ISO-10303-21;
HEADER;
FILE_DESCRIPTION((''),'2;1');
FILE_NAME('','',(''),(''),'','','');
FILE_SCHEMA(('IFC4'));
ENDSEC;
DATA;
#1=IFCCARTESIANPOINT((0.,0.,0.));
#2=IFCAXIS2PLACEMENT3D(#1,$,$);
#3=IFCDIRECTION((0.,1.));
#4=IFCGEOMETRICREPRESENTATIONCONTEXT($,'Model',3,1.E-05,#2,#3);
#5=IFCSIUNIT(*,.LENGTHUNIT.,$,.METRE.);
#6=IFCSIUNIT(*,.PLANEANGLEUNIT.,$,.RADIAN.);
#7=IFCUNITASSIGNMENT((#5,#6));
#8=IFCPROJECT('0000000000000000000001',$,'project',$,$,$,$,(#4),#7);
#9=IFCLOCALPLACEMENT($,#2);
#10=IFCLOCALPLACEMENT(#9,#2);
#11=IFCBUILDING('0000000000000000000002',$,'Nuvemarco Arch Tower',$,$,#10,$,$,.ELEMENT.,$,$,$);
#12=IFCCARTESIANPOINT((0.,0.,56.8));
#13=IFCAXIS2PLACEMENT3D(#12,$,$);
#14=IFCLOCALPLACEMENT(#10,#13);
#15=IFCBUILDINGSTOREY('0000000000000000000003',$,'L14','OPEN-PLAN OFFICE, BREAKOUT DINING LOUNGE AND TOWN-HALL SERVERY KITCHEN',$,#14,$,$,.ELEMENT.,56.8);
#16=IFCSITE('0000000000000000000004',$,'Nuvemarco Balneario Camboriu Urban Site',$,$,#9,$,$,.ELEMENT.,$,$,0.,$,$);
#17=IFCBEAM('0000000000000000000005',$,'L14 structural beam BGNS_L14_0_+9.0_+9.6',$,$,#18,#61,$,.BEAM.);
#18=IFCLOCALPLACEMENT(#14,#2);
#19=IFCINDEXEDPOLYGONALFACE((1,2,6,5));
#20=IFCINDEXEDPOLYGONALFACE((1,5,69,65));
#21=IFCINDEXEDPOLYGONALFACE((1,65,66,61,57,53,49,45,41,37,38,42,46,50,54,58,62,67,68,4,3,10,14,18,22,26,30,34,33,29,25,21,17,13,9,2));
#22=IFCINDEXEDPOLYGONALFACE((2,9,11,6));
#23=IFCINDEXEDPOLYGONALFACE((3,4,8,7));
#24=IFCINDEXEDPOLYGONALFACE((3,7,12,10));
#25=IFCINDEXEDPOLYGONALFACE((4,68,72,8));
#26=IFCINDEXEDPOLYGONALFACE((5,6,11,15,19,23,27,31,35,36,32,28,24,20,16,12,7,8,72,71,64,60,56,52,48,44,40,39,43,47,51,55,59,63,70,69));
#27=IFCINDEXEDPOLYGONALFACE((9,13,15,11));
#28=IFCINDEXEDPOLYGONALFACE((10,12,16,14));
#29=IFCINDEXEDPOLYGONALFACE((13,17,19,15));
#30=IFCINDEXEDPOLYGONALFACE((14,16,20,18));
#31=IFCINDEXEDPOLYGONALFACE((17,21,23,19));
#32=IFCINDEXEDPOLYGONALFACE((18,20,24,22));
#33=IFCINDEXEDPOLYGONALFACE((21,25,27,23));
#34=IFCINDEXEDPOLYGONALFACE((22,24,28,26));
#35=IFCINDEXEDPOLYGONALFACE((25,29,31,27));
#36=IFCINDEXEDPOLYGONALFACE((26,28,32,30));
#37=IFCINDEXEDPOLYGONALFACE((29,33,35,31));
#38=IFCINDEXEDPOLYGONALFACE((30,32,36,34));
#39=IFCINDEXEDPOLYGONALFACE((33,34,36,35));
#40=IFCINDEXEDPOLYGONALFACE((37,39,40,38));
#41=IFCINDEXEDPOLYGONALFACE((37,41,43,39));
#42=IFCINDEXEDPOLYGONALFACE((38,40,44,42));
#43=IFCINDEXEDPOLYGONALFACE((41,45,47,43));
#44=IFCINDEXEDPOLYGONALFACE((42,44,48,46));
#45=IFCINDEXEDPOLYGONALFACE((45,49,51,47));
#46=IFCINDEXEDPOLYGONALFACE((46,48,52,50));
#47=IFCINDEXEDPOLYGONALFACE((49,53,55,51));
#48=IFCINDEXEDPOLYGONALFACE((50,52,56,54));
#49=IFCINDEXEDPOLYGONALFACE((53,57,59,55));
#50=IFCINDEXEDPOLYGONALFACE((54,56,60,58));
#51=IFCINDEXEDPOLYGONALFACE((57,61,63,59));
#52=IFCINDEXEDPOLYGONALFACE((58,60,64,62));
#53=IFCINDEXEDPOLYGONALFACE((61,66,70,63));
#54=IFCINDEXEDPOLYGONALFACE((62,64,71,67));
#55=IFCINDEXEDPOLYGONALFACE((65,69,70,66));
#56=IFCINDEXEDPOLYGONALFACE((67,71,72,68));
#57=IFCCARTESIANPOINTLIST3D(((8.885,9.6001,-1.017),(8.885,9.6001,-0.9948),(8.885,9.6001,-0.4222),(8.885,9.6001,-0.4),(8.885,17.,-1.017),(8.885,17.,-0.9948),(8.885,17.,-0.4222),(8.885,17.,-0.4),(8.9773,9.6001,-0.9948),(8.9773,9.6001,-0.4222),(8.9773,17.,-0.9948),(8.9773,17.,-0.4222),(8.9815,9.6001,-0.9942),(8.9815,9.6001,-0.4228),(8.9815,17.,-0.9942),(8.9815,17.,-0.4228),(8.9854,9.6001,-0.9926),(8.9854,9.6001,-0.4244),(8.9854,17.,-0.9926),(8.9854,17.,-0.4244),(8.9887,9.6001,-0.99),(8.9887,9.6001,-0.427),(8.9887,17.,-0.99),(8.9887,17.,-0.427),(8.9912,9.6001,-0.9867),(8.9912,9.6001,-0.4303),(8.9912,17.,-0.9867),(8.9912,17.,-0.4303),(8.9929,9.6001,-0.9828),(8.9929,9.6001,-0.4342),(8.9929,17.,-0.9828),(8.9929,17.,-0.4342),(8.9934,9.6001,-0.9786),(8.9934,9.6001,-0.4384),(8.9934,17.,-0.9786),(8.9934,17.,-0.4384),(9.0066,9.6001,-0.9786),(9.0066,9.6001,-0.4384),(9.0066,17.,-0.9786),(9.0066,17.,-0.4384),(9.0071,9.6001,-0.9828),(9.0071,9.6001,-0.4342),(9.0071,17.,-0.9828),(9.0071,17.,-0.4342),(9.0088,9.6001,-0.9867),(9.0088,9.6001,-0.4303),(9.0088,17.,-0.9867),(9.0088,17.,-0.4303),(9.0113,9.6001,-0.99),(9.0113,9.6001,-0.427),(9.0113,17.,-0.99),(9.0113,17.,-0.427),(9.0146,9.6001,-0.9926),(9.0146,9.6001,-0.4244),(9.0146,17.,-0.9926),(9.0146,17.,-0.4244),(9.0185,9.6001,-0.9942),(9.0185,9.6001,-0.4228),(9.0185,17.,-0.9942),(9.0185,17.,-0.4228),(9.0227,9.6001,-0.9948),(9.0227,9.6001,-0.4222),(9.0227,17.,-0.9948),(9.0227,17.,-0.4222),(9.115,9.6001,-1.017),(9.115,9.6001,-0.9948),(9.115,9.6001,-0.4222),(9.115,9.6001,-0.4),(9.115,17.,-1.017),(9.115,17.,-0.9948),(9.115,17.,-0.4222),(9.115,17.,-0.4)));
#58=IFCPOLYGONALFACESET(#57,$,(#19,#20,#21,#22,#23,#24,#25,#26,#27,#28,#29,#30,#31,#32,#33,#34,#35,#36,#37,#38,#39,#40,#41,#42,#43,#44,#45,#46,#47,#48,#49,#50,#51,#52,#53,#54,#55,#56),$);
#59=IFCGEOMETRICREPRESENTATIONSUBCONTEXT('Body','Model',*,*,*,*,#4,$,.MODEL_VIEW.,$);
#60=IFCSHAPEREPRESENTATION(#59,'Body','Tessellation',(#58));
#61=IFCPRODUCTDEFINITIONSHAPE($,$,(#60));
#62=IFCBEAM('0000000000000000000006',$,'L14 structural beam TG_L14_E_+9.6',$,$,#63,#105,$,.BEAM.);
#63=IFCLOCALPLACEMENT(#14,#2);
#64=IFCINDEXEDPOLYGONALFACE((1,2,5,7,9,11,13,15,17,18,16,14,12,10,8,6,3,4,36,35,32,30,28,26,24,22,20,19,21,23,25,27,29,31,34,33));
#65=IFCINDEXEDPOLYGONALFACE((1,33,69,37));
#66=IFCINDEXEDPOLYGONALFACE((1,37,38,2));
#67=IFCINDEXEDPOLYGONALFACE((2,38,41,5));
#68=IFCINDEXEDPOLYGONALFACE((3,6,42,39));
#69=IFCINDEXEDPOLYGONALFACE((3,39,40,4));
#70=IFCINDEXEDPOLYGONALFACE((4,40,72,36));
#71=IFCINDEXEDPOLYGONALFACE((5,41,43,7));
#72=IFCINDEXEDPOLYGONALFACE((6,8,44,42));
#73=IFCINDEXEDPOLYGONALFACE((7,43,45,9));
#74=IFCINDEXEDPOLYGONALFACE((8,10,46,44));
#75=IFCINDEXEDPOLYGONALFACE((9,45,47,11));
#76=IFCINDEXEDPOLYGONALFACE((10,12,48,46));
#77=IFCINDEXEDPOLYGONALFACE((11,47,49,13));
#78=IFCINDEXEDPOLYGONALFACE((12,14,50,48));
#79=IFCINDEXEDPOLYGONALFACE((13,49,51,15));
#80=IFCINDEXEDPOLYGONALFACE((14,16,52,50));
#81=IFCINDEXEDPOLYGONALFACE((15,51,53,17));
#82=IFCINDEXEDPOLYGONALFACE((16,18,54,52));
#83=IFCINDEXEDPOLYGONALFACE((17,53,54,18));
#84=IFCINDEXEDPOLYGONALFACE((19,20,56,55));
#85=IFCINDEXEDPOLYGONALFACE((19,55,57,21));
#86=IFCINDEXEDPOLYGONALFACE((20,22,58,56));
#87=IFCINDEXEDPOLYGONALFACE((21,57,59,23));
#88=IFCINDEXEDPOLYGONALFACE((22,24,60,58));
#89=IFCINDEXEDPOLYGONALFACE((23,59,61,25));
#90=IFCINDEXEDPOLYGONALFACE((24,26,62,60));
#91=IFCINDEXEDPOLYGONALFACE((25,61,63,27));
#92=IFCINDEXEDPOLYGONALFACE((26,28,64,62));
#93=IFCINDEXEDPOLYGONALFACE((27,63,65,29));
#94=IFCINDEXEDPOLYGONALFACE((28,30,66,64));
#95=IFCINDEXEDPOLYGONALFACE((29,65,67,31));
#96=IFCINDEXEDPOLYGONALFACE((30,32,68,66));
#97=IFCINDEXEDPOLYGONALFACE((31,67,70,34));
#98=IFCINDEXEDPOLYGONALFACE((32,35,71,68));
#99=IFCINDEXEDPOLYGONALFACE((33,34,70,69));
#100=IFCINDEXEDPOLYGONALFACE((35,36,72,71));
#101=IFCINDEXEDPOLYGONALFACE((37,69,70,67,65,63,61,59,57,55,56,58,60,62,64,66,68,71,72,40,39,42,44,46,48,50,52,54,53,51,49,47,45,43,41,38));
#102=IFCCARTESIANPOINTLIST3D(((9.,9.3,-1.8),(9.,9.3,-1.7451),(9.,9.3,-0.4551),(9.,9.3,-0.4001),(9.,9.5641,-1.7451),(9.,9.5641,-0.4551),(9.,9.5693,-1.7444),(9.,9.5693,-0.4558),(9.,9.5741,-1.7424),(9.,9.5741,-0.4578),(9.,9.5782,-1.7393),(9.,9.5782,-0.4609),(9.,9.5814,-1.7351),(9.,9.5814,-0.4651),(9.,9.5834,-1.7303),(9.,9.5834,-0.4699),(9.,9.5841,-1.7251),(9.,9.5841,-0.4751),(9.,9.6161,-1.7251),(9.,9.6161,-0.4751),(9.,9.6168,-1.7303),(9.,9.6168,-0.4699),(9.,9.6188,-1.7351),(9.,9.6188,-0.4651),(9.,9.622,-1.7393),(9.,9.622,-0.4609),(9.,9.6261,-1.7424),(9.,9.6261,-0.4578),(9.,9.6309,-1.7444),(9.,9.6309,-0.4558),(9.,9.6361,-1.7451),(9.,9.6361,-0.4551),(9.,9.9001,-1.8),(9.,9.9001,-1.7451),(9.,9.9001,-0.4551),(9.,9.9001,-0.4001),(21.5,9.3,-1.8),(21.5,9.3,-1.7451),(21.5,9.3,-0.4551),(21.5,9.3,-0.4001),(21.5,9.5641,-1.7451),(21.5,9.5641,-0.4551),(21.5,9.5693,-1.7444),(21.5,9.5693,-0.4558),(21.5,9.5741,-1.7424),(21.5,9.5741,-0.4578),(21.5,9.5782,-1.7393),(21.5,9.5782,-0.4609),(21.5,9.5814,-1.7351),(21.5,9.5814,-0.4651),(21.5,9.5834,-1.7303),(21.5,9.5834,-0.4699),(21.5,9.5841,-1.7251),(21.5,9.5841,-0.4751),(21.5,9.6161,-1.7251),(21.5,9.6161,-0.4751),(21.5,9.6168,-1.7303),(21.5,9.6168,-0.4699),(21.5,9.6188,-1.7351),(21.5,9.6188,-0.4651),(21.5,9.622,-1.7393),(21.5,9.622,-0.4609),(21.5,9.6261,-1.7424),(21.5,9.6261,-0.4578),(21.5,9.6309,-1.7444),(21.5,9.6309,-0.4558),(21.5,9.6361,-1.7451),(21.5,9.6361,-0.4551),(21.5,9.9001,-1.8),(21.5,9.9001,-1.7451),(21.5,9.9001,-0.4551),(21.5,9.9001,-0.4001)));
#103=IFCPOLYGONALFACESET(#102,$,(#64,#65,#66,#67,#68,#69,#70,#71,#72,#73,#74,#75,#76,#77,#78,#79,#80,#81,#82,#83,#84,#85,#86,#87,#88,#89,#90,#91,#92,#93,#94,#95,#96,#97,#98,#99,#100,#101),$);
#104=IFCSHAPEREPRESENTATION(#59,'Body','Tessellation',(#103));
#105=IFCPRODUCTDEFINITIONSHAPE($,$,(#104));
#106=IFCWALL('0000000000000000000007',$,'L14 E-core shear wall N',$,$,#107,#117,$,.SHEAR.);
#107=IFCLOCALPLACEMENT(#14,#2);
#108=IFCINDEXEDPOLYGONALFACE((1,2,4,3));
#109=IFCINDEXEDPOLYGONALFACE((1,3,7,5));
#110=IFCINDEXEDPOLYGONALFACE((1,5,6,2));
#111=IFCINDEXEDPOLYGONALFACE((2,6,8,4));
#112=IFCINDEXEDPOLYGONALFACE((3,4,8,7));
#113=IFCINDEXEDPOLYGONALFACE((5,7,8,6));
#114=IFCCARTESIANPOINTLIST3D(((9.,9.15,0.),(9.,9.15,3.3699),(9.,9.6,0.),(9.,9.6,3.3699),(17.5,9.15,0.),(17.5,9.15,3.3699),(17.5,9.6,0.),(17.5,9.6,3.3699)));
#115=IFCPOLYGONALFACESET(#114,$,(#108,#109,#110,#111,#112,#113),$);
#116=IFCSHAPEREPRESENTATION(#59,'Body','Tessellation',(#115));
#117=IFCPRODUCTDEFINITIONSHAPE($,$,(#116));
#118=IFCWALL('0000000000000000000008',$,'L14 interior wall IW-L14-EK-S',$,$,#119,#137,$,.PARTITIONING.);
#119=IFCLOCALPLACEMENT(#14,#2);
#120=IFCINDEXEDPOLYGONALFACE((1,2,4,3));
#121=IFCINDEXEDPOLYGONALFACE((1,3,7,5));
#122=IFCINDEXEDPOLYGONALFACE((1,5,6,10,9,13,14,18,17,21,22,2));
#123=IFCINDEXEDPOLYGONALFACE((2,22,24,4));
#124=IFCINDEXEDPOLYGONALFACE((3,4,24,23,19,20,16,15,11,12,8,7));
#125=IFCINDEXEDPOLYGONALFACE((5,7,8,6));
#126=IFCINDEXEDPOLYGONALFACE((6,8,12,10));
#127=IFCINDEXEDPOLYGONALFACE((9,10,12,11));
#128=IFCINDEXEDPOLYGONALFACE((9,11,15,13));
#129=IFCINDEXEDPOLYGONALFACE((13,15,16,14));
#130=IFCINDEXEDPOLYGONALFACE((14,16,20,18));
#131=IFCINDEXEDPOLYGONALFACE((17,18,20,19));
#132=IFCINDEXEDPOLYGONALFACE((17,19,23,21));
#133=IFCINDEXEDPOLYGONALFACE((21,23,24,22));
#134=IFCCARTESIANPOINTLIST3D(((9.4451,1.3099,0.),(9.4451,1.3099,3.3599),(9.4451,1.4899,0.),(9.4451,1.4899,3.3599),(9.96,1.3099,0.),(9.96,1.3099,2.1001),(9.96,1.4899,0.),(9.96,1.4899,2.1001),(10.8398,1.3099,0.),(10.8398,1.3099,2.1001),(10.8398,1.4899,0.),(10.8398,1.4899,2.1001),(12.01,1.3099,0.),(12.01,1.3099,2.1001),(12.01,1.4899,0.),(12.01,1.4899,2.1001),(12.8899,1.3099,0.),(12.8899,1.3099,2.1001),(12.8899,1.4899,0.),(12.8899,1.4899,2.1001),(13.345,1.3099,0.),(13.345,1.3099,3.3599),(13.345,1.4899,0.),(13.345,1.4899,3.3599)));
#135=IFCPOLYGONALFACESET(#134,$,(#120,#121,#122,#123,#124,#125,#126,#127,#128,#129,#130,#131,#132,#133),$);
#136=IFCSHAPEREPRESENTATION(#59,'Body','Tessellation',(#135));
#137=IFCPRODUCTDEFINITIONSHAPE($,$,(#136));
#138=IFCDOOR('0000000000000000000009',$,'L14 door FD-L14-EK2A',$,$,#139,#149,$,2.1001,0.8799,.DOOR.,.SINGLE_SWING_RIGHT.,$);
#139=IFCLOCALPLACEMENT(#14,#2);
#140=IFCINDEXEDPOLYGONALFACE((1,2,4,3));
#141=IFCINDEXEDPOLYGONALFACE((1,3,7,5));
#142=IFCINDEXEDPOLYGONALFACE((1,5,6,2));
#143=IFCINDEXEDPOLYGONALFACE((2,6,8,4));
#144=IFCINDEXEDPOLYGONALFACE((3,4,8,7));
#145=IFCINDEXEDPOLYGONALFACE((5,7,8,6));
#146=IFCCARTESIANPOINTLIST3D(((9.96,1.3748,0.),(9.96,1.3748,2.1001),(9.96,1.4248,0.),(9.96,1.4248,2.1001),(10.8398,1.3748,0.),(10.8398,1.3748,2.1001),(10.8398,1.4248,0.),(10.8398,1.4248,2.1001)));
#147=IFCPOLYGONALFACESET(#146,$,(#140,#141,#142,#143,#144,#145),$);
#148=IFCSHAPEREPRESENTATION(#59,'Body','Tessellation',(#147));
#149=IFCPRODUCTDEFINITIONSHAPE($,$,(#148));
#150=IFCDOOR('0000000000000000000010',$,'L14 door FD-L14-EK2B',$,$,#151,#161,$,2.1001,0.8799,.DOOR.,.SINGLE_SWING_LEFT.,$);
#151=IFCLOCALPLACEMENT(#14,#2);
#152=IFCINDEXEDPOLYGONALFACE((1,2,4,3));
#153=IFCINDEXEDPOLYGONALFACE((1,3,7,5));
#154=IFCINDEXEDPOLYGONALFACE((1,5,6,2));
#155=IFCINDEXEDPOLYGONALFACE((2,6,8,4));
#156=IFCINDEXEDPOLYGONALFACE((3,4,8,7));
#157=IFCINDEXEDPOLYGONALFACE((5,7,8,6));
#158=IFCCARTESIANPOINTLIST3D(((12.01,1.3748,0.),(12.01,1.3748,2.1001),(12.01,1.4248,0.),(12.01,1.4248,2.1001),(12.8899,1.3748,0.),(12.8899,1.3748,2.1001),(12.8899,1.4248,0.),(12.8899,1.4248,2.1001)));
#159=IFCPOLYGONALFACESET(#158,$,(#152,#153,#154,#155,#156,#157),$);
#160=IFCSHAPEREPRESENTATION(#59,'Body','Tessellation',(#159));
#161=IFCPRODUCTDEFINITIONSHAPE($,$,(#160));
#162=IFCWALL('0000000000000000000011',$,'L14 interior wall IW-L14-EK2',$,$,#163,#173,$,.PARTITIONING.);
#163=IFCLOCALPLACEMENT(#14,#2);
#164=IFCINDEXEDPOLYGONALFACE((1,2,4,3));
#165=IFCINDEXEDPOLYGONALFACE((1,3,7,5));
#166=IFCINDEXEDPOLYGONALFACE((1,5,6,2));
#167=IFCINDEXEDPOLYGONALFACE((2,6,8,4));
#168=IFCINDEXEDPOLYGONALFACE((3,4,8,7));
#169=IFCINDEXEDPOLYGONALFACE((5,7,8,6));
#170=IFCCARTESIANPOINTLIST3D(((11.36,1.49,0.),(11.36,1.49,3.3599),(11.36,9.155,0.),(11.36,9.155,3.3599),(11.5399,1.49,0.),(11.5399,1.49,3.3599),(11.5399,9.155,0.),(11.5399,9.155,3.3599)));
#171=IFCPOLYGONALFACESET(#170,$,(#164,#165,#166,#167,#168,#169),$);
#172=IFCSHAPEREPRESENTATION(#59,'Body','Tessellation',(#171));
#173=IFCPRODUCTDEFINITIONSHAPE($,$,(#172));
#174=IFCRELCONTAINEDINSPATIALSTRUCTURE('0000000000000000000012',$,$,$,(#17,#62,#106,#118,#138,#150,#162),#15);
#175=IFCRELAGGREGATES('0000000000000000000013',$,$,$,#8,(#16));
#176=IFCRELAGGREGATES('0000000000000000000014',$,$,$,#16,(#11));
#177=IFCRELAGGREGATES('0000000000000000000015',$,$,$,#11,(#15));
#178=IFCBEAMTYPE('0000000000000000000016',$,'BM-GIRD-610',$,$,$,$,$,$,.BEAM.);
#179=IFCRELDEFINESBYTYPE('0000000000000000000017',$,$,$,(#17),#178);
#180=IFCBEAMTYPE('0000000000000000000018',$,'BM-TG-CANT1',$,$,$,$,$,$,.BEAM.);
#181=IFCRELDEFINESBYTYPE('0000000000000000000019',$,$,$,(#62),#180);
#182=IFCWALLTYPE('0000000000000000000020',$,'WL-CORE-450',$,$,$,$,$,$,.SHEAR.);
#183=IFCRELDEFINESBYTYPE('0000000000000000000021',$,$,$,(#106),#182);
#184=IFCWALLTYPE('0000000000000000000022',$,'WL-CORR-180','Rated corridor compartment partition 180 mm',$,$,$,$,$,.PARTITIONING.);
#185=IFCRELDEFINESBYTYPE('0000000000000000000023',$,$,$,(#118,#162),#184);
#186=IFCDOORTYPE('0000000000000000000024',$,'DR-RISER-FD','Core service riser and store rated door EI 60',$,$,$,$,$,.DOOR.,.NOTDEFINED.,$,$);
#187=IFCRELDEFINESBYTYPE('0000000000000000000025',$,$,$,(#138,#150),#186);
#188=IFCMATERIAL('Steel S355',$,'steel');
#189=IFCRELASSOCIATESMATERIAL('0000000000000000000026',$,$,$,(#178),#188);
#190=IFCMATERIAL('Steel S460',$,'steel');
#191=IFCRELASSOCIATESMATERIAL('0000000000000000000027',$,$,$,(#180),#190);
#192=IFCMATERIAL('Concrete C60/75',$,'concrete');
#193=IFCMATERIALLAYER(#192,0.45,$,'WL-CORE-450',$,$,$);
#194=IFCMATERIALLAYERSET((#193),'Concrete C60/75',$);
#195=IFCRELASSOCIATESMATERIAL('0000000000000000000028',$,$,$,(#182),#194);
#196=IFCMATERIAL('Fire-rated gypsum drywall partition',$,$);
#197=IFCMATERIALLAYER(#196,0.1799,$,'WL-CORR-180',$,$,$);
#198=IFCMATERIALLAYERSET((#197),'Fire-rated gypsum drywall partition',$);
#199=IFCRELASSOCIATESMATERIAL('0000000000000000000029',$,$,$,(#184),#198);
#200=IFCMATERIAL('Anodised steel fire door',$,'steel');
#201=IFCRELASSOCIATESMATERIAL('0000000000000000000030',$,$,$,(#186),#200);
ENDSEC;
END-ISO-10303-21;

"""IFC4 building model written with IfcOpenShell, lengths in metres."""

from ifc_helpers import new_model, si_unit, direction, frame, frame_2d, origin, origin_2d, place, context, subcontext, project, spatial, rectangle, i_section, extrude, source, transform, mapped, material, layer, layer_set, material_profile, profile_set, type_object, type_shapes, element, fill, save


model = new_model("IFC4")

# Units and contexts
model_context = context("Model", 3, precision=1e-05, world=origin(), true_north=direction((0.0, 1.0)))
body_context = subcontext(model_context, "Body", "Model", "MODEL_VIEW")
ifc_project = project(units=[si_unit("LENGTHUNIT", "METRE"), si_unit("PLANEANGLEUNIT", "RADIAN")], contexts=[model_context])

# Site, building, storey
site_placement = place(None, origin())
site = spatial("IfcSite", under=ifc_project, at=site_placement, Name="Nuvemarco Balneario Camboriu Urban Site", CompositionType="ELEMENT", RefElevation=0.0)
building_placement = place(site_placement, origin())
building = spatial("IfcBuilding", under=site, at=building_placement, Name="Nuvemarco Arch Tower", CompositionType="ELEMENT")
storey_placement = place(building_placement, frame((0.0, 0.0, 56.8)))
storey = spatial("IfcBuildingStorey", under=building, at=storey_placement, Name="L14", Description="OPEN-PLAN OFFICE, BREAKOUT DINING LOUNGE AND TOWN-HALL SERVERY KITCHEN", CompositionType="ELEMENT", Elevation=56.8)

# Shared definitions
ifc_material_1 = material(Name="Concrete C60/75", Category="concrete")
ifc_material_2 = material(Name="Steel S355", Category="steel")

# Beams
ifc_material_profile_1 = material_profile(ifc_material_2, i_section(OverallWidth=0.23, OverallDepth=0.6169, WebThickness=0.0132, FlangeThickness=0.0222, FilletRadius=0.0161, at=origin_2d()), Name="W610x140")
ifc_profile_set_1 = profile_set([ifc_material_profile_1], Name="Steel S355")
beam_type_1 = type_object("IfcBeamType", Name="BM-GIRD-610", PredefinedType="BEAM", material=ifc_profile_set_1)
beam_1_placement = place(storey_placement, frame((9.0, 9.6001, -0.7085), z_axis=(0.0, 1.0, 0.0), x_axis=(-1.0, 0.0, 0.0)))
element("IfcBeam", 1, at=beam_1_placement, inside=storey, type_object=beam_type_1, Name="L14 structural beam BGNS_L14_0_+9.0_+9.6", PredefinedType="BEAM", context=body_context, shape_type="SweptSolid", body=[
    extrude(i_section(OverallWidth=0.23, OverallDepth=0.6169, WebThickness=0.0132, FlangeThickness=0.0222, FilletRadius=0.0161, at=origin_2d()), origin(), (0.0, 0.0, 1.0), 7.3999),
])
ifc_material_3 = material(Name="Steel S460", Category="steel")
ifc_material_profile_2 = material_profile(ifc_material_3, i_section(OverallWidth=0.6001, OverallDepth=1.3999, WebThickness=0.032, FlangeThickness=0.0549, FilletRadius=0.02, at=origin_2d()), Name="PG1400x600")
ifc_profile_set_2 = profile_set([ifc_material_profile_2], Name="Steel S460")
beam_type_2 = type_object("IfcBeamType", Name="BM-TG-CANT1", PredefinedType="BEAM", material=ifc_profile_set_2)
beam_2_placement = place(storey_placement, frame((9.0, 9.6001, -1.1001), z_axis=(1.0, 0.0, 0.0), x_axis=(0.0, 1.0, 0.0)))
element("IfcBeam", 2, at=beam_2_placement, inside=storey, type_object=beam_type_2, Name="L14 structural beam TG_L14_E_+9.6", PredefinedType="BEAM", context=body_context, shape_type="SweptSolid", body=[
    extrude(i_section(OverallWidth=0.6001, OverallDepth=1.3999, WebThickness=0.032, FlangeThickness=0.0549, FilletRadius=0.02, at=origin_2d()), origin(), (0.0, 0.0, 1.0), 12.5),
])

# Wall
ifc_layer_1 = layer(ifc_material_1, 0.45, Name="WL-CORE-450")
ifc_layer_set_1 = layer_set([ifc_layer_1], Name="Concrete C60/75")
wall_type_1 = type_object("IfcWallType", Name="WL-CORE-450", PredefinedType="SHEAR", material=ifc_layer_set_1)
wall_1_placement = place(storey_placement, frame((9.0, 9.375, 0.0), z_axis=(0.0, 0.0, 1.0), x_axis=(1.0, 0.0, 0.0)))
element("IfcWall", 3, at=wall_1_placement, inside=storey, type_object=wall_type_1, Name="L14 E-core shear wall N", PredefinedType="SHEAR", context=body_context, shape_type="SweptSolid", body=[
    extrude(rectangle(XDim=8.5, YDim=0.45, at=frame_2d((4.25, 0.0))), origin(), (0.0, 0.0, 1.0), 3.3699),
])

# Wall, openings, doors
ifc_material_4 = material(Name="Fire-rated gypsum drywall partition")
ifc_layer_2 = layer(ifc_material_4, 0.1799, Name="WL-CORR-180")
ifc_layer_set_2 = layer_set([ifc_layer_2], Name="Fire-rated gypsum drywall partition")
wall_type_2 = type_object("IfcWallType", Name="WL-CORR-180", Description="Rated corridor compartment partition 180 mm", PredefinedType="PARTITIONING", material=ifc_layer_set_2)
wall_2_placement = place(storey_placement, frame((9.4451, 1.3999, 0.0), z_axis=(0.0, 0.0, 1.0), x_axis=(1.0, 0.0, 0.0)))
wall_2 = element("IfcWall", 4, at=wall_2_placement, inside=storey, type_object=wall_type_2, Name="L14 interior wall IW-L14-EK-S", PredefinedType="PARTITIONING", context=body_context, shape_type="SweptSolid", body=[
    extrude(rectangle(XDim=3.8999, YDim=0.1799, at=frame_2d((1.95, 0.0))), origin(), (0.0, 0.0, 1.0), 3.3599),
])
opening_1_placement = place(wall_2_placement, frame((0.5149, 0.0, 0.0)))
opening_1 = element("IfcOpeningElement", 5, at=opening_1_placement, cuts=wall_2, PredefinedType="OPENING", context=body_context, shape_type="SweptSolid", body=[
    extrude(rectangle(XDim=0.8799, YDim=2.1001, at=frame_2d((0.4399, 1.05))), frame((0.0, 0.0999, 0.0), z_axis=(0.0, -1.0, 0.0), x_axis=(1.0, 0.0, 0.0)), (0.0, 0.0, 1.0), 0.2),
])
opening_2_placement = place(wall_2_placement, frame((2.5649, 0.0, 0.0)))
opening_2 = element("IfcOpeningElement", 6, at=opening_2_placement, cuts=wall_2, PredefinedType="OPENING", context=body_context, shape_type="SweptSolid", body=[
    extrude(rectangle(XDim=0.8799, YDim=2.1001, at=frame_2d((0.4399, 1.05))), frame((0.0, 0.0999, 0.0), z_axis=(0.0, -1.0, 0.0), x_axis=(1.0, 0.0, 0.0)), (0.0, 0.0, 1.0), 0.2),
])
ifc_material_5 = material(Name="Anodised steel fire door", Category="steel")
door_type_1 = type_object("IfcDoorType", Name="DR-RISER-FD", Description="Core service riser and store rated door EI 60", OperationType="NOTDEFINED", PredefinedType="DOOR", material=ifc_material_5)
shared_shape_1 = source(origin(), body_context, "Body", "SweptSolid", [
    extrude(rectangle(XDim=0.8799, YDim=2.1001, at=frame_2d((0.4399, 1.05))), frame((0.0, 0.0249, 0.0), z_axis=(0.0, -1.0, 0.0), x_axis=(1.0, 0.0, 0.0)), (0.0, 0.0, 1.0), 0.05),
])
type_shapes(door_type_1, [shared_shape_1])
door_1_placement = place(opening_1_placement, origin())
door_1 = element("IfcDoor", 7, at=door_1_placement, inside=storey, type_object=door_type_1, Name="L14 door FD-L14-EK2A", OperationType="SINGLE_SWING_RIGHT", OverallHeight=2.1001, OverallWidth=0.8799, PredefinedType="DOOR", context=body_context, shape_type="MappedRepresentation", body=[
    mapped(shared_shape_1, transform((0.0, 0.0, 0.0), scale=1.0)),
])
fill(opening_1, door_1)
door_2_placement = place(opening_2_placement, origin())
door_2 = element("IfcDoor", 8, at=door_2_placement, inside=storey, type_object=door_type_1, Name="L14 door FD-L14-EK2B", OperationType="SINGLE_SWING_LEFT", OverallHeight=2.1001, OverallWidth=0.8799, PredefinedType="DOOR", context=body_context, shape_type="MappedRepresentation", body=[
    mapped(shared_shape_1, transform((0.0, 0.0, 0.0), scale=1.0)),
])
fill(opening_2, door_2)

# Wall
wall_3_placement = place(storey_placement, frame((11.45, 1.49, 0.0), z_axis=(0.0, 0.0, 1.0), x_axis=(0.0, 1.0, 0.0)))
element("IfcWall", 9, at=wall_3_placement, inside=storey, type_object=wall_type_2, Name="L14 interior wall IW-L14-EK2", PredefinedType="PARTITIONING", context=body_context, shape_type="SweptSolid", body=[
    extrude(rectangle(XDim=7.665, YDim=0.1799, at=frame_2d((3.8325, 0.0))), origin(), (0.0, 0.0, 1.0), 3.3599),
])

save(model, "model.ifc")
